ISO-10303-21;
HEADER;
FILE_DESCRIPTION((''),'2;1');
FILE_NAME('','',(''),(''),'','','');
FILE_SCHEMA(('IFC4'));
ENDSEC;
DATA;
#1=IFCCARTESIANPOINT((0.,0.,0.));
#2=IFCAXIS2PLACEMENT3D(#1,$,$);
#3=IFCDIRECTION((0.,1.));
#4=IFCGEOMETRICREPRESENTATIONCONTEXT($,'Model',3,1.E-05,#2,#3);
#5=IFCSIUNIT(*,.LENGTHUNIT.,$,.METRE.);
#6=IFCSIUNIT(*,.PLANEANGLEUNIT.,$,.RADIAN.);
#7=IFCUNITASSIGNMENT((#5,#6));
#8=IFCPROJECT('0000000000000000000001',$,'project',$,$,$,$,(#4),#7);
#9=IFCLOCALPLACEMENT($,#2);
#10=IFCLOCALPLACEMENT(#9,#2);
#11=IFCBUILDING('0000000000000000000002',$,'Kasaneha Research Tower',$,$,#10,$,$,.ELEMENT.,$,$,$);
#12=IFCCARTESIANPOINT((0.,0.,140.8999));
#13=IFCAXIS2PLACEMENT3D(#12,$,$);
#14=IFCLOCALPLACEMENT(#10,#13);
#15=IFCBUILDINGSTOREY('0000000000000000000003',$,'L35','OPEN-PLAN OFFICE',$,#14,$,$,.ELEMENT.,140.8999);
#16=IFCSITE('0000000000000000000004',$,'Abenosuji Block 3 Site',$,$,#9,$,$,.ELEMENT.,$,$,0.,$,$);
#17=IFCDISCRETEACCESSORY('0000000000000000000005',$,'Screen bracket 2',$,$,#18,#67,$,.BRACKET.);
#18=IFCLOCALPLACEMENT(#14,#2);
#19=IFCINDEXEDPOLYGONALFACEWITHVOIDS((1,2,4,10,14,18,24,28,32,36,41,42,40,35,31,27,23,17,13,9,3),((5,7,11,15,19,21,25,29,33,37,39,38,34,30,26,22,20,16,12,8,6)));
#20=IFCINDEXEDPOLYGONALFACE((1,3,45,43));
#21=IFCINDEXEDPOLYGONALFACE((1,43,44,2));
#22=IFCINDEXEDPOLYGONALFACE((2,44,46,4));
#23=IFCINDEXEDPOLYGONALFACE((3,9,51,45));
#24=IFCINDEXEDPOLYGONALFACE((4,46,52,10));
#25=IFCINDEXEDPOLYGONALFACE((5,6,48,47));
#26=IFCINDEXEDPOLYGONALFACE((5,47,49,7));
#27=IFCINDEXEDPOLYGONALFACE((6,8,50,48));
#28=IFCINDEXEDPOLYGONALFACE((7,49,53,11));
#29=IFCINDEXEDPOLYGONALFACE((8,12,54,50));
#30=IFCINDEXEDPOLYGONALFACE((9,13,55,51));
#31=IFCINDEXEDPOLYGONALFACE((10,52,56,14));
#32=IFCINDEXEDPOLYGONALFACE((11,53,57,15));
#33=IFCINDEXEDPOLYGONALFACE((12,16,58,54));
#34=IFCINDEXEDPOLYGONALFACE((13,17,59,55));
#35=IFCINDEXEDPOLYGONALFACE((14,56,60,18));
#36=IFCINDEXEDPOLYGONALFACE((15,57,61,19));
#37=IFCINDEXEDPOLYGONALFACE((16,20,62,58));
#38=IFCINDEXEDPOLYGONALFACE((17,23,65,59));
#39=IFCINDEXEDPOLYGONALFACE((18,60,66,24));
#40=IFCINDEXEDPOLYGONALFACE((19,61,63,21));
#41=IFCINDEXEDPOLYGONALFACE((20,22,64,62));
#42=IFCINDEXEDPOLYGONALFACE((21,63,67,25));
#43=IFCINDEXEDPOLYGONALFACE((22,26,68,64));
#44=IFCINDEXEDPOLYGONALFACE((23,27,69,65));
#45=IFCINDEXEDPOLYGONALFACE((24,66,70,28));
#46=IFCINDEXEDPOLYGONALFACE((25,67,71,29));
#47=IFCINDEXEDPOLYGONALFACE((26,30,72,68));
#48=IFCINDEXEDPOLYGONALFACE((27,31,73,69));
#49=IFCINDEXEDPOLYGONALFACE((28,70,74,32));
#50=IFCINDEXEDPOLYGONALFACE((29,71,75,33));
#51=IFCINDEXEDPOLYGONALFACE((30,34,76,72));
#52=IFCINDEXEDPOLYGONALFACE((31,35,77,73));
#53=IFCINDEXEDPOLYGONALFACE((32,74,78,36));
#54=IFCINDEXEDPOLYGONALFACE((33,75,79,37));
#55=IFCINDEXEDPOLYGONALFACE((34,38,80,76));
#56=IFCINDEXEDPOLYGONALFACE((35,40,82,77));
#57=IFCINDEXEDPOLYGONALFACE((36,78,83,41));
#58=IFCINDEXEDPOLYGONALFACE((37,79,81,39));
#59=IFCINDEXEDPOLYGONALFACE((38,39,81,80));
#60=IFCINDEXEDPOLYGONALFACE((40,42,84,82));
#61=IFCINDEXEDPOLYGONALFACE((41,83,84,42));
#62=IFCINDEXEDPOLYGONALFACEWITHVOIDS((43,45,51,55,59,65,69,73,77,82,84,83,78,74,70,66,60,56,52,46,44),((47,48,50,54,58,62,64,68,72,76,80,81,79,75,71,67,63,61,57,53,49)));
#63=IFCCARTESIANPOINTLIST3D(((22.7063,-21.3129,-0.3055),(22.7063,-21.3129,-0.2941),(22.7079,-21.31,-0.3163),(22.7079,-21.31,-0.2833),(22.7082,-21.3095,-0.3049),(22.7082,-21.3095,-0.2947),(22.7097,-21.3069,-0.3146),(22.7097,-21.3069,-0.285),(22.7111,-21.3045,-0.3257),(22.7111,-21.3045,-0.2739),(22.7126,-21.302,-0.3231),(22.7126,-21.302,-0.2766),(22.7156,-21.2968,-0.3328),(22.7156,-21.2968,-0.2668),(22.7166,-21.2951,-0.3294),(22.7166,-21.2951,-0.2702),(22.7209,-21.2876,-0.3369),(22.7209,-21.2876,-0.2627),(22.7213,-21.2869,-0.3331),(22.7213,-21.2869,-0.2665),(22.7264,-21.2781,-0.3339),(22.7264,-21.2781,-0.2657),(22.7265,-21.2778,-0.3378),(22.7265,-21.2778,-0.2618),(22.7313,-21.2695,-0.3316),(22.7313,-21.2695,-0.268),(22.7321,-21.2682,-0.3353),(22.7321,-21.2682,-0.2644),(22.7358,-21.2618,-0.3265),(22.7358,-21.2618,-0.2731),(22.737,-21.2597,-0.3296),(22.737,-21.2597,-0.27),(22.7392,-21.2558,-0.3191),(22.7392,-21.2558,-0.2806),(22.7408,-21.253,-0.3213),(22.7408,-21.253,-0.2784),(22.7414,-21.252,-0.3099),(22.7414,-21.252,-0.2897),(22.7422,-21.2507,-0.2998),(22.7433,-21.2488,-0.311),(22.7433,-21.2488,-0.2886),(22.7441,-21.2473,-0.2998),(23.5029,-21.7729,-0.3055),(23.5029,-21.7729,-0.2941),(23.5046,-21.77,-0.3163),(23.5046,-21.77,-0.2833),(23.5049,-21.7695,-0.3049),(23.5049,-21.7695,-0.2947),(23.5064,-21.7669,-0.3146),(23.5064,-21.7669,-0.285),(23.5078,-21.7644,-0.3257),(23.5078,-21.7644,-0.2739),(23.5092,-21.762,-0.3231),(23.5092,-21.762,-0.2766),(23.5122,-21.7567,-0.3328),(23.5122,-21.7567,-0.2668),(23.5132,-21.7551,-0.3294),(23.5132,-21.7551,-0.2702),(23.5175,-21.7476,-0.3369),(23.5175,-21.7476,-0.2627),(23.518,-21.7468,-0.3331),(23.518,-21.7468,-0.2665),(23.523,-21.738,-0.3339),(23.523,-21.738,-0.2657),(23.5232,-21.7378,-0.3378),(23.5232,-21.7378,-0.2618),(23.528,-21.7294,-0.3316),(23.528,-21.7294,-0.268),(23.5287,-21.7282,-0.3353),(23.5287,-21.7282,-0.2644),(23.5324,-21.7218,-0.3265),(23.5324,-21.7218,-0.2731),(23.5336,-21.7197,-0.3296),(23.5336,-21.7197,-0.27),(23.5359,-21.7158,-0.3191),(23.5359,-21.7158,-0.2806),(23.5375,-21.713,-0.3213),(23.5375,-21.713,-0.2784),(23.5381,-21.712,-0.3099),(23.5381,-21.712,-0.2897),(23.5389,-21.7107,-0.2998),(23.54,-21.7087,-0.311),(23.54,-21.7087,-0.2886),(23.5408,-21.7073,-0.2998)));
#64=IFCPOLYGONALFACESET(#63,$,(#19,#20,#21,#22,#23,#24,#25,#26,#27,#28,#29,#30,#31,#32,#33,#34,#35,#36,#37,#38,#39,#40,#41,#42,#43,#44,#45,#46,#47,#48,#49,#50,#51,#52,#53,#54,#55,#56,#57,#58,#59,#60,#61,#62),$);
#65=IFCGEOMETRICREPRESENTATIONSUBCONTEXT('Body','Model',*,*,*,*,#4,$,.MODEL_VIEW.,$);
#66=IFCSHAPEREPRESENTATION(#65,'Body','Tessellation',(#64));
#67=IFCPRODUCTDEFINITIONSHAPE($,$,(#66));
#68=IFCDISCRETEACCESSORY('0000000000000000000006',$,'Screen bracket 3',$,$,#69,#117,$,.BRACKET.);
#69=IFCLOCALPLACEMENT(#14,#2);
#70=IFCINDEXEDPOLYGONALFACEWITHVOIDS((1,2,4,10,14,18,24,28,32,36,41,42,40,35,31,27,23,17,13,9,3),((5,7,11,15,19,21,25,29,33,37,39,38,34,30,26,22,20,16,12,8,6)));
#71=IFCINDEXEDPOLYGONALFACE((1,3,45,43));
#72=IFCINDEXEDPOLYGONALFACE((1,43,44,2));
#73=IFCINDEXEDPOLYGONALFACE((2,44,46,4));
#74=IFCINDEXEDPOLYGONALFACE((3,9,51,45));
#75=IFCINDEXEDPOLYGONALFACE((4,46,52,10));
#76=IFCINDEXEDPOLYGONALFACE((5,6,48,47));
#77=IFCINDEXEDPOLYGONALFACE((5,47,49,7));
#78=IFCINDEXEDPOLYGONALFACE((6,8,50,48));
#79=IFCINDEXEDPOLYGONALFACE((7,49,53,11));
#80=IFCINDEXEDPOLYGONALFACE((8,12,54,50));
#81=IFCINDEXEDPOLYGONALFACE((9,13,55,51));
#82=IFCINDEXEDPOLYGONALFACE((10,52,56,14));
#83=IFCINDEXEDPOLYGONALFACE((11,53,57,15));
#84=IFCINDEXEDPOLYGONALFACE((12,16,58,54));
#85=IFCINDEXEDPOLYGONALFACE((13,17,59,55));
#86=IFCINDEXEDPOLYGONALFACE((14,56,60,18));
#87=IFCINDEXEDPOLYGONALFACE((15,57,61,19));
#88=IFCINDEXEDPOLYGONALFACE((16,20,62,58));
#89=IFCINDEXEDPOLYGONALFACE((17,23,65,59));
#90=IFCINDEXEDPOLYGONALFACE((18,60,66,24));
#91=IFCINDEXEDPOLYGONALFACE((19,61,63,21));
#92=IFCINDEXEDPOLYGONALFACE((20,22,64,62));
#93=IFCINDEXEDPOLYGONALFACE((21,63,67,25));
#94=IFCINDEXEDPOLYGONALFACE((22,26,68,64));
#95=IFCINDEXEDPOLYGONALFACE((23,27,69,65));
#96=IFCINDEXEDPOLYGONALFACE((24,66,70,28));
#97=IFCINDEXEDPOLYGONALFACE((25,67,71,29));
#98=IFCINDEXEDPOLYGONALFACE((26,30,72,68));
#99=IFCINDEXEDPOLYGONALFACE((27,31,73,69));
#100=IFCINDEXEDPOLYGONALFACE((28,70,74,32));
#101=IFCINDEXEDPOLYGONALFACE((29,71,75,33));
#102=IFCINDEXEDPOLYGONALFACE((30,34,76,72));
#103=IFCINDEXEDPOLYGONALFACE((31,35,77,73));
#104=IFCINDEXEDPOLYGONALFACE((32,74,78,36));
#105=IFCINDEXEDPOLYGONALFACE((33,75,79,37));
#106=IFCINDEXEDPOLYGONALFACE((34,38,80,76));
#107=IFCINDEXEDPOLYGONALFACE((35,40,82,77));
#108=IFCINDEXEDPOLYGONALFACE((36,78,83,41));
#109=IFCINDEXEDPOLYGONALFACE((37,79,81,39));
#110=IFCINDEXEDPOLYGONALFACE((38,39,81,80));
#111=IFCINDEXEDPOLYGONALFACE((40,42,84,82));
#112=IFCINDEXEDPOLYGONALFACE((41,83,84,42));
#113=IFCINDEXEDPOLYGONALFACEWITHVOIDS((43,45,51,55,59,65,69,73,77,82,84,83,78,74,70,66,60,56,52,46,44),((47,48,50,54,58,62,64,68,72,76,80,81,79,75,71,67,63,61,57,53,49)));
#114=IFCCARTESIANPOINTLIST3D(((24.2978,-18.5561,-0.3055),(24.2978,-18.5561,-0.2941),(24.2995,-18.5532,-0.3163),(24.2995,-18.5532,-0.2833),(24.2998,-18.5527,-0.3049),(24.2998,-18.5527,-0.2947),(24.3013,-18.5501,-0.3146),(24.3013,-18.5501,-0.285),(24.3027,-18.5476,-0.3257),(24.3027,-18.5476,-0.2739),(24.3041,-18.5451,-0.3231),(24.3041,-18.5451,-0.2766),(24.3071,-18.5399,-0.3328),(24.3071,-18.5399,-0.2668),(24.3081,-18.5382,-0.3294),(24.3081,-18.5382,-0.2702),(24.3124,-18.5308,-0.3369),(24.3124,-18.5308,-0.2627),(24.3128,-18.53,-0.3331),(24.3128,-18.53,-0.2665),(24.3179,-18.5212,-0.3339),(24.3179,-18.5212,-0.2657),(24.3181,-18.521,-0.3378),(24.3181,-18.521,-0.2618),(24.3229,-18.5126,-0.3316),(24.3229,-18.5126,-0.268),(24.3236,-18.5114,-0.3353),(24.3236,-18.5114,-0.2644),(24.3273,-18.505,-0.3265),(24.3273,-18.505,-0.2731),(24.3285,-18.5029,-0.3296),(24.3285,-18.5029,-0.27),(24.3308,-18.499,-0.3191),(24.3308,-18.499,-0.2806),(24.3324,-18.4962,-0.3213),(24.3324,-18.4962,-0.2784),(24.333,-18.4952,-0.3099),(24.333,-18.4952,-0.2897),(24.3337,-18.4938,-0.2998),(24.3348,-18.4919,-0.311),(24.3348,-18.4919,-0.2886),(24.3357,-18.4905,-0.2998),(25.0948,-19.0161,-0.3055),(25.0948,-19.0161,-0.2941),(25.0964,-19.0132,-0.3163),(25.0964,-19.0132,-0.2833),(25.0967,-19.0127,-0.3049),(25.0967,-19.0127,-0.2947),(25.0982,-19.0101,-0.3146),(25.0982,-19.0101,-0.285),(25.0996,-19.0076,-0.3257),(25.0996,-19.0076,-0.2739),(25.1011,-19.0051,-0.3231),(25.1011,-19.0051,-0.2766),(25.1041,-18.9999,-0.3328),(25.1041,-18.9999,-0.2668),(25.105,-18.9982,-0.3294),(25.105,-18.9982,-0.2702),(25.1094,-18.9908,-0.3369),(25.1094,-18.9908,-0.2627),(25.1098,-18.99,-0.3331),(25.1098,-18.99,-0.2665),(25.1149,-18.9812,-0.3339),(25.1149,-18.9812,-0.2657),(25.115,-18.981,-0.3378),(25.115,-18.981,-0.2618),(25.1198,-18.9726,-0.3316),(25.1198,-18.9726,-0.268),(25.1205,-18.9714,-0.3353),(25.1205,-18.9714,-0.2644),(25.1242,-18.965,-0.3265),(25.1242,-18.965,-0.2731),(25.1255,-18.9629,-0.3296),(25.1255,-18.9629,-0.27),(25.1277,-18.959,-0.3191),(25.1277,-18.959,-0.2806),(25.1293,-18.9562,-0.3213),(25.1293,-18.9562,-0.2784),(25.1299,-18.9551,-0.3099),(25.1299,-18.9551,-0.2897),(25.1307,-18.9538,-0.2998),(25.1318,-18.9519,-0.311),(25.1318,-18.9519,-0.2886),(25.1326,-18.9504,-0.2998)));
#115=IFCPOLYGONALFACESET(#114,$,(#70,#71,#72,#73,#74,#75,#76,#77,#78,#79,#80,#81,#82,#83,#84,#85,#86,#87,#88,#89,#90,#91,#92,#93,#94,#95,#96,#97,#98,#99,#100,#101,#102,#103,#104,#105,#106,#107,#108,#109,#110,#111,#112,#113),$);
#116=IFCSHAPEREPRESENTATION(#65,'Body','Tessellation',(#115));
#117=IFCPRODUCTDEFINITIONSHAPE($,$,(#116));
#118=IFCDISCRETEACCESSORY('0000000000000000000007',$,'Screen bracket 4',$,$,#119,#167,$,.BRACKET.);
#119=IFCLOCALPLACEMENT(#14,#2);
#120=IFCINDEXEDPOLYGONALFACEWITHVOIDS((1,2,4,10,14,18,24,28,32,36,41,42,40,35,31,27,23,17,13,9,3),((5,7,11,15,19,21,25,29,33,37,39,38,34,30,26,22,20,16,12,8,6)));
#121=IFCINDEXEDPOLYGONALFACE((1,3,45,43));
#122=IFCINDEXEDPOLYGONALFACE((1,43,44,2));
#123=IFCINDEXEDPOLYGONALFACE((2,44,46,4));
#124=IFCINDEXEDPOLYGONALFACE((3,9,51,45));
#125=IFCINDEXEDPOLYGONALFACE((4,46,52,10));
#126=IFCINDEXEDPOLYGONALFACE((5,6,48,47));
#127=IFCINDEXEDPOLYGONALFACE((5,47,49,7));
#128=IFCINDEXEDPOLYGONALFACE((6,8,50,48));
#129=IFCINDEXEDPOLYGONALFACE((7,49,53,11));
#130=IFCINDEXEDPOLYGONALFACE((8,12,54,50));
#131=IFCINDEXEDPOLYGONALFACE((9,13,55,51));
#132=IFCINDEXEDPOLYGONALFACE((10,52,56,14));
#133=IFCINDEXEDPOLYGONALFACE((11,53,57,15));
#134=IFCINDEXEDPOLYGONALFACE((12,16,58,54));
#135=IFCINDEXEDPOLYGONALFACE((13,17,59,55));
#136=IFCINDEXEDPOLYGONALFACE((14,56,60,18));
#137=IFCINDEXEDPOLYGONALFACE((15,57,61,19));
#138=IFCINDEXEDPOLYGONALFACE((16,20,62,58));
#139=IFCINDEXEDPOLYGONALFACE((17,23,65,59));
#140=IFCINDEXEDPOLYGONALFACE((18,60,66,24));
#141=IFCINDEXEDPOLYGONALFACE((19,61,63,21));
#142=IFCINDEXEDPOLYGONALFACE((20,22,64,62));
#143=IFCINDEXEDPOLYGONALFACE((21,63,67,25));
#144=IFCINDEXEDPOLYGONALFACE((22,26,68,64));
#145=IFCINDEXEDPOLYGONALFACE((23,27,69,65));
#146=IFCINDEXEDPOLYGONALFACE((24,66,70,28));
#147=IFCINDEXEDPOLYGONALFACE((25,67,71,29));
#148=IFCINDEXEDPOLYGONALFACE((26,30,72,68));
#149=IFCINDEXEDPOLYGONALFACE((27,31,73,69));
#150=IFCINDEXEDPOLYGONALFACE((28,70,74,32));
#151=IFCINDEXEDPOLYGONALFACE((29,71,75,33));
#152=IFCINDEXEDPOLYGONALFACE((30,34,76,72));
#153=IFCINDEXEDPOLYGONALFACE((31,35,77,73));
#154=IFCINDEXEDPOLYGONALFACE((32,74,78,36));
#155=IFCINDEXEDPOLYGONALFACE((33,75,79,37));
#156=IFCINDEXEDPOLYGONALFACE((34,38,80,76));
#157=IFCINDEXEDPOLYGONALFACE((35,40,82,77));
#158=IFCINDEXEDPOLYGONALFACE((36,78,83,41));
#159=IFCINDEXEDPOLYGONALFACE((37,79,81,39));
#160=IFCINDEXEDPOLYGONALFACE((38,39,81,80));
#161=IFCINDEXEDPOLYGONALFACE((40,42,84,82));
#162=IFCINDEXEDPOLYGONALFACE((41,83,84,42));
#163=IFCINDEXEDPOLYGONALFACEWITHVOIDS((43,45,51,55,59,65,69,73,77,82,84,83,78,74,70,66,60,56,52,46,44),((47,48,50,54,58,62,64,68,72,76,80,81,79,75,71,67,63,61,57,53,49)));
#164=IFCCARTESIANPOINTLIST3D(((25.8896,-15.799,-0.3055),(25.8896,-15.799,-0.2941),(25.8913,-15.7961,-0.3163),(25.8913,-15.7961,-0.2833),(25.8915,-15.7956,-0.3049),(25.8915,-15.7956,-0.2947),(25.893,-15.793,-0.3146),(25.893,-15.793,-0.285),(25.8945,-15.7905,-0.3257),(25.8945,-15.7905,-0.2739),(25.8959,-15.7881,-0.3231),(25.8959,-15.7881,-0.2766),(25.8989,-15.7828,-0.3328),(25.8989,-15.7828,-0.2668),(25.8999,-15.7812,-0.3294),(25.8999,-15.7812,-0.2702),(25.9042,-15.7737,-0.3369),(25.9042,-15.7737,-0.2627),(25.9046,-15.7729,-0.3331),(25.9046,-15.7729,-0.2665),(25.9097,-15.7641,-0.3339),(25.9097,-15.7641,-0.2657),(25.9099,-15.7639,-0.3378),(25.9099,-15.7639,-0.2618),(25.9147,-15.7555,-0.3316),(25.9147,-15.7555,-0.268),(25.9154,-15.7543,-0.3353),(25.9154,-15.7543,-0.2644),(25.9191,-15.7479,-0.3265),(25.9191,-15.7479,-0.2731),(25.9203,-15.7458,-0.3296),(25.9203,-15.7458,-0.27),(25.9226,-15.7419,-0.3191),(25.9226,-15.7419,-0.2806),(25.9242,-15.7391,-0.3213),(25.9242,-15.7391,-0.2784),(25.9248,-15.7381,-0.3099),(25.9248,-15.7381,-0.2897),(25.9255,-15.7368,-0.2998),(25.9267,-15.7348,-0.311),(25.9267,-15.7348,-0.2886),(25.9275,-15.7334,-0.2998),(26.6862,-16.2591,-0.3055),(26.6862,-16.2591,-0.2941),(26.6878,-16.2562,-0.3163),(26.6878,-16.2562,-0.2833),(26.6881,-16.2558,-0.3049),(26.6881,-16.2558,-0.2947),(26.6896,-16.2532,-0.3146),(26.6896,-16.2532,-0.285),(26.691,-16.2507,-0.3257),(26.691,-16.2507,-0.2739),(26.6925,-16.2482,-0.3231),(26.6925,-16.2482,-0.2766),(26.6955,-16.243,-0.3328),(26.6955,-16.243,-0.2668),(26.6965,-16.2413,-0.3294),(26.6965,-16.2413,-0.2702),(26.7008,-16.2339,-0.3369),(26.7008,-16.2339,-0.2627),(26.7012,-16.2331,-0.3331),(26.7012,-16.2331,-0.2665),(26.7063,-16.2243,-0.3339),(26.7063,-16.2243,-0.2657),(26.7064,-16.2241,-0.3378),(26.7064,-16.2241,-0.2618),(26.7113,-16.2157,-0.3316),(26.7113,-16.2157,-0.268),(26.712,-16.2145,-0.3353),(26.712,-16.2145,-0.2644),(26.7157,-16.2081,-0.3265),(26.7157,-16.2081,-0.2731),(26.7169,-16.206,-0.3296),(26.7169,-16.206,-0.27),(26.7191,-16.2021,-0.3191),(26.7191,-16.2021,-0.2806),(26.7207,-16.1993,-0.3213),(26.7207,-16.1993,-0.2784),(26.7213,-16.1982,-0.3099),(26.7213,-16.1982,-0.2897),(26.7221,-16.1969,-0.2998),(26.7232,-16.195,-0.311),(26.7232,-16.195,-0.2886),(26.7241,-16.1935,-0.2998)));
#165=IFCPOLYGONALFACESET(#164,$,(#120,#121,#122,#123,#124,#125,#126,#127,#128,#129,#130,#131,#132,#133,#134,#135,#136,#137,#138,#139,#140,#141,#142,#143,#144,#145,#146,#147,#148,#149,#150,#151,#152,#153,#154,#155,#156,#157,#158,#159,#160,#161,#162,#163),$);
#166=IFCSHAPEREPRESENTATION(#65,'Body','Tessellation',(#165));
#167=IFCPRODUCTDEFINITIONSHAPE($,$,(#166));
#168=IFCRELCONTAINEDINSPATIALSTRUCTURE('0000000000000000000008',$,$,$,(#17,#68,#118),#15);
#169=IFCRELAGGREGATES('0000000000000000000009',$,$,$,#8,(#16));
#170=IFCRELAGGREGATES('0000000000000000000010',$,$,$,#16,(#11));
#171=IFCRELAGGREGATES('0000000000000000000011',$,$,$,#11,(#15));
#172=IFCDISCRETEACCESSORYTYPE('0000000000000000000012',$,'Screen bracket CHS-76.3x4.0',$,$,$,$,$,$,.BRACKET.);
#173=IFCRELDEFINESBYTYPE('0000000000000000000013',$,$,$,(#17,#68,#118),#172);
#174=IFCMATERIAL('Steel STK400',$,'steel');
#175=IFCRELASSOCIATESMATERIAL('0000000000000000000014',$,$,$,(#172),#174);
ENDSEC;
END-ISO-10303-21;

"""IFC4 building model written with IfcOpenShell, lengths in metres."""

from ifc_helpers import new_model, si_unit, direction, frame, origin, origin_2d, place, context, subcontext, project, spatial, hollow_circle, extrude, material, material_profile, profile_set, type_object, element, save


model = new_model("IFC4")

# Units and contexts
model_context = context("Model", 3, precision=1e-05, world=origin(), true_north=direction((0.0, 1.0)))
body_context = subcontext(model_context, "Body", "Model", "MODEL_VIEW")
ifc_project = project(units=[si_unit("LENGTHUNIT", "METRE"), si_unit("PLANEANGLEUNIT", "RADIAN")], contexts=[model_context])

# Site, building, storey
site_placement = place(None, origin())
site = spatial("IfcSite", under=ifc_project, at=site_placement, Name="Abenosuji Block 3 Site", CompositionType="ELEMENT", RefElevation=0.0)
building_placement = place(site_placement, origin())
building = spatial("IfcBuilding", under=site, at=building_placement, Name="Kasaneha Research Tower", CompositionType="ELEMENT")
storey_placement = place(building_placement, frame((0.0, 0.0, 140.8999)))
storey = spatial("IfcBuildingStorey", under=building, at=storey_placement, Name="L35", Description="OPEN-PLAN OFFICE", CompositionType="ELEMENT", Elevation=140.8999)

# Discrete accessories
ifc_material_1 = material(Name="Steel STK400", Category="steel")
ifc_material_profile_1 = material_profile(ifc_material_1, hollow_circle(Radius=0.0381, WallThickness=0.0039, at=origin_2d()), Name="CHS-76.3x4.0")
ifc_profile_set_1 = profile_set([ifc_material_profile_1], Name="Steel STK400")
discrete_accessory_type = type_object("IfcDiscreteAccessoryType", Name="Screen bracket CHS-76.3x4.0", PredefinedType="BRACKET", material=ifc_profile_set_1)
discrete_accessory_1_placement = place(storey_placement, frame((22.7251, -21.2803, -0.2998), z_axis=(0.866013, -0.500021, 0.0), x_axis=(0.500021, 0.866013, 0.0)))
element("IfcDiscreteAccessory", 1, at=discrete_accessory_1_placement, inside=storey, type_object=discrete_accessory_type, Name="Screen bracket 2", PredefinedType="BRACKET", context=body_context, shape_type="SweptSolid", body=[
    extrude(hollow_circle(Radius=0.0381, WallThickness=0.0039, at=origin_2d()), origin(), (0.0, 0.0, 1.0), 0.9199),
])
discrete_accessory_2_placement = place(storey_placement, frame((24.3167, -18.5234, -0.2998), z_axis=(0.86608, -0.499906, 0.0), x_axis=(0.499906, 0.86608, 0.0)))
element("IfcDiscreteAccessory", 2, at=discrete_accessory_2_placement, inside=storey, type_object=discrete_accessory_type, Name="Screen bracket 3", PredefinedType="BRACKET", context=body_context, shape_type="SweptSolid", body=[
    extrude(hollow_circle(Radius=0.0381, WallThickness=0.0039, at=origin_2d()), origin(), (0.0, 0.0, 1.0), 0.9202),
])
for number, where, z_axis, x_axis, name in (
    (3, (25.9084, -15.7664, -0.2998), (0.865898, -0.50022, 0.0), (0.50022, 0.865898, 0.0), "Screen bracket 4"),
):
    element("IfcDiscreteAccessory", number, at=place(storey_placement, frame(where, z_axis=z_axis, x_axis=x_axis)), inside=storey, type_object=discrete_accessory_type, Name=name, PredefinedType="BRACKET", context=body_context, shape_type="SweptSolid", body=[
        extrude(hollow_circle(Radius=0.0381, WallThickness=0.0039, at=origin_2d()), origin(), (0.0, 0.0, 1.0), 0.9199),
    ])

save(model, "model.ifc")
